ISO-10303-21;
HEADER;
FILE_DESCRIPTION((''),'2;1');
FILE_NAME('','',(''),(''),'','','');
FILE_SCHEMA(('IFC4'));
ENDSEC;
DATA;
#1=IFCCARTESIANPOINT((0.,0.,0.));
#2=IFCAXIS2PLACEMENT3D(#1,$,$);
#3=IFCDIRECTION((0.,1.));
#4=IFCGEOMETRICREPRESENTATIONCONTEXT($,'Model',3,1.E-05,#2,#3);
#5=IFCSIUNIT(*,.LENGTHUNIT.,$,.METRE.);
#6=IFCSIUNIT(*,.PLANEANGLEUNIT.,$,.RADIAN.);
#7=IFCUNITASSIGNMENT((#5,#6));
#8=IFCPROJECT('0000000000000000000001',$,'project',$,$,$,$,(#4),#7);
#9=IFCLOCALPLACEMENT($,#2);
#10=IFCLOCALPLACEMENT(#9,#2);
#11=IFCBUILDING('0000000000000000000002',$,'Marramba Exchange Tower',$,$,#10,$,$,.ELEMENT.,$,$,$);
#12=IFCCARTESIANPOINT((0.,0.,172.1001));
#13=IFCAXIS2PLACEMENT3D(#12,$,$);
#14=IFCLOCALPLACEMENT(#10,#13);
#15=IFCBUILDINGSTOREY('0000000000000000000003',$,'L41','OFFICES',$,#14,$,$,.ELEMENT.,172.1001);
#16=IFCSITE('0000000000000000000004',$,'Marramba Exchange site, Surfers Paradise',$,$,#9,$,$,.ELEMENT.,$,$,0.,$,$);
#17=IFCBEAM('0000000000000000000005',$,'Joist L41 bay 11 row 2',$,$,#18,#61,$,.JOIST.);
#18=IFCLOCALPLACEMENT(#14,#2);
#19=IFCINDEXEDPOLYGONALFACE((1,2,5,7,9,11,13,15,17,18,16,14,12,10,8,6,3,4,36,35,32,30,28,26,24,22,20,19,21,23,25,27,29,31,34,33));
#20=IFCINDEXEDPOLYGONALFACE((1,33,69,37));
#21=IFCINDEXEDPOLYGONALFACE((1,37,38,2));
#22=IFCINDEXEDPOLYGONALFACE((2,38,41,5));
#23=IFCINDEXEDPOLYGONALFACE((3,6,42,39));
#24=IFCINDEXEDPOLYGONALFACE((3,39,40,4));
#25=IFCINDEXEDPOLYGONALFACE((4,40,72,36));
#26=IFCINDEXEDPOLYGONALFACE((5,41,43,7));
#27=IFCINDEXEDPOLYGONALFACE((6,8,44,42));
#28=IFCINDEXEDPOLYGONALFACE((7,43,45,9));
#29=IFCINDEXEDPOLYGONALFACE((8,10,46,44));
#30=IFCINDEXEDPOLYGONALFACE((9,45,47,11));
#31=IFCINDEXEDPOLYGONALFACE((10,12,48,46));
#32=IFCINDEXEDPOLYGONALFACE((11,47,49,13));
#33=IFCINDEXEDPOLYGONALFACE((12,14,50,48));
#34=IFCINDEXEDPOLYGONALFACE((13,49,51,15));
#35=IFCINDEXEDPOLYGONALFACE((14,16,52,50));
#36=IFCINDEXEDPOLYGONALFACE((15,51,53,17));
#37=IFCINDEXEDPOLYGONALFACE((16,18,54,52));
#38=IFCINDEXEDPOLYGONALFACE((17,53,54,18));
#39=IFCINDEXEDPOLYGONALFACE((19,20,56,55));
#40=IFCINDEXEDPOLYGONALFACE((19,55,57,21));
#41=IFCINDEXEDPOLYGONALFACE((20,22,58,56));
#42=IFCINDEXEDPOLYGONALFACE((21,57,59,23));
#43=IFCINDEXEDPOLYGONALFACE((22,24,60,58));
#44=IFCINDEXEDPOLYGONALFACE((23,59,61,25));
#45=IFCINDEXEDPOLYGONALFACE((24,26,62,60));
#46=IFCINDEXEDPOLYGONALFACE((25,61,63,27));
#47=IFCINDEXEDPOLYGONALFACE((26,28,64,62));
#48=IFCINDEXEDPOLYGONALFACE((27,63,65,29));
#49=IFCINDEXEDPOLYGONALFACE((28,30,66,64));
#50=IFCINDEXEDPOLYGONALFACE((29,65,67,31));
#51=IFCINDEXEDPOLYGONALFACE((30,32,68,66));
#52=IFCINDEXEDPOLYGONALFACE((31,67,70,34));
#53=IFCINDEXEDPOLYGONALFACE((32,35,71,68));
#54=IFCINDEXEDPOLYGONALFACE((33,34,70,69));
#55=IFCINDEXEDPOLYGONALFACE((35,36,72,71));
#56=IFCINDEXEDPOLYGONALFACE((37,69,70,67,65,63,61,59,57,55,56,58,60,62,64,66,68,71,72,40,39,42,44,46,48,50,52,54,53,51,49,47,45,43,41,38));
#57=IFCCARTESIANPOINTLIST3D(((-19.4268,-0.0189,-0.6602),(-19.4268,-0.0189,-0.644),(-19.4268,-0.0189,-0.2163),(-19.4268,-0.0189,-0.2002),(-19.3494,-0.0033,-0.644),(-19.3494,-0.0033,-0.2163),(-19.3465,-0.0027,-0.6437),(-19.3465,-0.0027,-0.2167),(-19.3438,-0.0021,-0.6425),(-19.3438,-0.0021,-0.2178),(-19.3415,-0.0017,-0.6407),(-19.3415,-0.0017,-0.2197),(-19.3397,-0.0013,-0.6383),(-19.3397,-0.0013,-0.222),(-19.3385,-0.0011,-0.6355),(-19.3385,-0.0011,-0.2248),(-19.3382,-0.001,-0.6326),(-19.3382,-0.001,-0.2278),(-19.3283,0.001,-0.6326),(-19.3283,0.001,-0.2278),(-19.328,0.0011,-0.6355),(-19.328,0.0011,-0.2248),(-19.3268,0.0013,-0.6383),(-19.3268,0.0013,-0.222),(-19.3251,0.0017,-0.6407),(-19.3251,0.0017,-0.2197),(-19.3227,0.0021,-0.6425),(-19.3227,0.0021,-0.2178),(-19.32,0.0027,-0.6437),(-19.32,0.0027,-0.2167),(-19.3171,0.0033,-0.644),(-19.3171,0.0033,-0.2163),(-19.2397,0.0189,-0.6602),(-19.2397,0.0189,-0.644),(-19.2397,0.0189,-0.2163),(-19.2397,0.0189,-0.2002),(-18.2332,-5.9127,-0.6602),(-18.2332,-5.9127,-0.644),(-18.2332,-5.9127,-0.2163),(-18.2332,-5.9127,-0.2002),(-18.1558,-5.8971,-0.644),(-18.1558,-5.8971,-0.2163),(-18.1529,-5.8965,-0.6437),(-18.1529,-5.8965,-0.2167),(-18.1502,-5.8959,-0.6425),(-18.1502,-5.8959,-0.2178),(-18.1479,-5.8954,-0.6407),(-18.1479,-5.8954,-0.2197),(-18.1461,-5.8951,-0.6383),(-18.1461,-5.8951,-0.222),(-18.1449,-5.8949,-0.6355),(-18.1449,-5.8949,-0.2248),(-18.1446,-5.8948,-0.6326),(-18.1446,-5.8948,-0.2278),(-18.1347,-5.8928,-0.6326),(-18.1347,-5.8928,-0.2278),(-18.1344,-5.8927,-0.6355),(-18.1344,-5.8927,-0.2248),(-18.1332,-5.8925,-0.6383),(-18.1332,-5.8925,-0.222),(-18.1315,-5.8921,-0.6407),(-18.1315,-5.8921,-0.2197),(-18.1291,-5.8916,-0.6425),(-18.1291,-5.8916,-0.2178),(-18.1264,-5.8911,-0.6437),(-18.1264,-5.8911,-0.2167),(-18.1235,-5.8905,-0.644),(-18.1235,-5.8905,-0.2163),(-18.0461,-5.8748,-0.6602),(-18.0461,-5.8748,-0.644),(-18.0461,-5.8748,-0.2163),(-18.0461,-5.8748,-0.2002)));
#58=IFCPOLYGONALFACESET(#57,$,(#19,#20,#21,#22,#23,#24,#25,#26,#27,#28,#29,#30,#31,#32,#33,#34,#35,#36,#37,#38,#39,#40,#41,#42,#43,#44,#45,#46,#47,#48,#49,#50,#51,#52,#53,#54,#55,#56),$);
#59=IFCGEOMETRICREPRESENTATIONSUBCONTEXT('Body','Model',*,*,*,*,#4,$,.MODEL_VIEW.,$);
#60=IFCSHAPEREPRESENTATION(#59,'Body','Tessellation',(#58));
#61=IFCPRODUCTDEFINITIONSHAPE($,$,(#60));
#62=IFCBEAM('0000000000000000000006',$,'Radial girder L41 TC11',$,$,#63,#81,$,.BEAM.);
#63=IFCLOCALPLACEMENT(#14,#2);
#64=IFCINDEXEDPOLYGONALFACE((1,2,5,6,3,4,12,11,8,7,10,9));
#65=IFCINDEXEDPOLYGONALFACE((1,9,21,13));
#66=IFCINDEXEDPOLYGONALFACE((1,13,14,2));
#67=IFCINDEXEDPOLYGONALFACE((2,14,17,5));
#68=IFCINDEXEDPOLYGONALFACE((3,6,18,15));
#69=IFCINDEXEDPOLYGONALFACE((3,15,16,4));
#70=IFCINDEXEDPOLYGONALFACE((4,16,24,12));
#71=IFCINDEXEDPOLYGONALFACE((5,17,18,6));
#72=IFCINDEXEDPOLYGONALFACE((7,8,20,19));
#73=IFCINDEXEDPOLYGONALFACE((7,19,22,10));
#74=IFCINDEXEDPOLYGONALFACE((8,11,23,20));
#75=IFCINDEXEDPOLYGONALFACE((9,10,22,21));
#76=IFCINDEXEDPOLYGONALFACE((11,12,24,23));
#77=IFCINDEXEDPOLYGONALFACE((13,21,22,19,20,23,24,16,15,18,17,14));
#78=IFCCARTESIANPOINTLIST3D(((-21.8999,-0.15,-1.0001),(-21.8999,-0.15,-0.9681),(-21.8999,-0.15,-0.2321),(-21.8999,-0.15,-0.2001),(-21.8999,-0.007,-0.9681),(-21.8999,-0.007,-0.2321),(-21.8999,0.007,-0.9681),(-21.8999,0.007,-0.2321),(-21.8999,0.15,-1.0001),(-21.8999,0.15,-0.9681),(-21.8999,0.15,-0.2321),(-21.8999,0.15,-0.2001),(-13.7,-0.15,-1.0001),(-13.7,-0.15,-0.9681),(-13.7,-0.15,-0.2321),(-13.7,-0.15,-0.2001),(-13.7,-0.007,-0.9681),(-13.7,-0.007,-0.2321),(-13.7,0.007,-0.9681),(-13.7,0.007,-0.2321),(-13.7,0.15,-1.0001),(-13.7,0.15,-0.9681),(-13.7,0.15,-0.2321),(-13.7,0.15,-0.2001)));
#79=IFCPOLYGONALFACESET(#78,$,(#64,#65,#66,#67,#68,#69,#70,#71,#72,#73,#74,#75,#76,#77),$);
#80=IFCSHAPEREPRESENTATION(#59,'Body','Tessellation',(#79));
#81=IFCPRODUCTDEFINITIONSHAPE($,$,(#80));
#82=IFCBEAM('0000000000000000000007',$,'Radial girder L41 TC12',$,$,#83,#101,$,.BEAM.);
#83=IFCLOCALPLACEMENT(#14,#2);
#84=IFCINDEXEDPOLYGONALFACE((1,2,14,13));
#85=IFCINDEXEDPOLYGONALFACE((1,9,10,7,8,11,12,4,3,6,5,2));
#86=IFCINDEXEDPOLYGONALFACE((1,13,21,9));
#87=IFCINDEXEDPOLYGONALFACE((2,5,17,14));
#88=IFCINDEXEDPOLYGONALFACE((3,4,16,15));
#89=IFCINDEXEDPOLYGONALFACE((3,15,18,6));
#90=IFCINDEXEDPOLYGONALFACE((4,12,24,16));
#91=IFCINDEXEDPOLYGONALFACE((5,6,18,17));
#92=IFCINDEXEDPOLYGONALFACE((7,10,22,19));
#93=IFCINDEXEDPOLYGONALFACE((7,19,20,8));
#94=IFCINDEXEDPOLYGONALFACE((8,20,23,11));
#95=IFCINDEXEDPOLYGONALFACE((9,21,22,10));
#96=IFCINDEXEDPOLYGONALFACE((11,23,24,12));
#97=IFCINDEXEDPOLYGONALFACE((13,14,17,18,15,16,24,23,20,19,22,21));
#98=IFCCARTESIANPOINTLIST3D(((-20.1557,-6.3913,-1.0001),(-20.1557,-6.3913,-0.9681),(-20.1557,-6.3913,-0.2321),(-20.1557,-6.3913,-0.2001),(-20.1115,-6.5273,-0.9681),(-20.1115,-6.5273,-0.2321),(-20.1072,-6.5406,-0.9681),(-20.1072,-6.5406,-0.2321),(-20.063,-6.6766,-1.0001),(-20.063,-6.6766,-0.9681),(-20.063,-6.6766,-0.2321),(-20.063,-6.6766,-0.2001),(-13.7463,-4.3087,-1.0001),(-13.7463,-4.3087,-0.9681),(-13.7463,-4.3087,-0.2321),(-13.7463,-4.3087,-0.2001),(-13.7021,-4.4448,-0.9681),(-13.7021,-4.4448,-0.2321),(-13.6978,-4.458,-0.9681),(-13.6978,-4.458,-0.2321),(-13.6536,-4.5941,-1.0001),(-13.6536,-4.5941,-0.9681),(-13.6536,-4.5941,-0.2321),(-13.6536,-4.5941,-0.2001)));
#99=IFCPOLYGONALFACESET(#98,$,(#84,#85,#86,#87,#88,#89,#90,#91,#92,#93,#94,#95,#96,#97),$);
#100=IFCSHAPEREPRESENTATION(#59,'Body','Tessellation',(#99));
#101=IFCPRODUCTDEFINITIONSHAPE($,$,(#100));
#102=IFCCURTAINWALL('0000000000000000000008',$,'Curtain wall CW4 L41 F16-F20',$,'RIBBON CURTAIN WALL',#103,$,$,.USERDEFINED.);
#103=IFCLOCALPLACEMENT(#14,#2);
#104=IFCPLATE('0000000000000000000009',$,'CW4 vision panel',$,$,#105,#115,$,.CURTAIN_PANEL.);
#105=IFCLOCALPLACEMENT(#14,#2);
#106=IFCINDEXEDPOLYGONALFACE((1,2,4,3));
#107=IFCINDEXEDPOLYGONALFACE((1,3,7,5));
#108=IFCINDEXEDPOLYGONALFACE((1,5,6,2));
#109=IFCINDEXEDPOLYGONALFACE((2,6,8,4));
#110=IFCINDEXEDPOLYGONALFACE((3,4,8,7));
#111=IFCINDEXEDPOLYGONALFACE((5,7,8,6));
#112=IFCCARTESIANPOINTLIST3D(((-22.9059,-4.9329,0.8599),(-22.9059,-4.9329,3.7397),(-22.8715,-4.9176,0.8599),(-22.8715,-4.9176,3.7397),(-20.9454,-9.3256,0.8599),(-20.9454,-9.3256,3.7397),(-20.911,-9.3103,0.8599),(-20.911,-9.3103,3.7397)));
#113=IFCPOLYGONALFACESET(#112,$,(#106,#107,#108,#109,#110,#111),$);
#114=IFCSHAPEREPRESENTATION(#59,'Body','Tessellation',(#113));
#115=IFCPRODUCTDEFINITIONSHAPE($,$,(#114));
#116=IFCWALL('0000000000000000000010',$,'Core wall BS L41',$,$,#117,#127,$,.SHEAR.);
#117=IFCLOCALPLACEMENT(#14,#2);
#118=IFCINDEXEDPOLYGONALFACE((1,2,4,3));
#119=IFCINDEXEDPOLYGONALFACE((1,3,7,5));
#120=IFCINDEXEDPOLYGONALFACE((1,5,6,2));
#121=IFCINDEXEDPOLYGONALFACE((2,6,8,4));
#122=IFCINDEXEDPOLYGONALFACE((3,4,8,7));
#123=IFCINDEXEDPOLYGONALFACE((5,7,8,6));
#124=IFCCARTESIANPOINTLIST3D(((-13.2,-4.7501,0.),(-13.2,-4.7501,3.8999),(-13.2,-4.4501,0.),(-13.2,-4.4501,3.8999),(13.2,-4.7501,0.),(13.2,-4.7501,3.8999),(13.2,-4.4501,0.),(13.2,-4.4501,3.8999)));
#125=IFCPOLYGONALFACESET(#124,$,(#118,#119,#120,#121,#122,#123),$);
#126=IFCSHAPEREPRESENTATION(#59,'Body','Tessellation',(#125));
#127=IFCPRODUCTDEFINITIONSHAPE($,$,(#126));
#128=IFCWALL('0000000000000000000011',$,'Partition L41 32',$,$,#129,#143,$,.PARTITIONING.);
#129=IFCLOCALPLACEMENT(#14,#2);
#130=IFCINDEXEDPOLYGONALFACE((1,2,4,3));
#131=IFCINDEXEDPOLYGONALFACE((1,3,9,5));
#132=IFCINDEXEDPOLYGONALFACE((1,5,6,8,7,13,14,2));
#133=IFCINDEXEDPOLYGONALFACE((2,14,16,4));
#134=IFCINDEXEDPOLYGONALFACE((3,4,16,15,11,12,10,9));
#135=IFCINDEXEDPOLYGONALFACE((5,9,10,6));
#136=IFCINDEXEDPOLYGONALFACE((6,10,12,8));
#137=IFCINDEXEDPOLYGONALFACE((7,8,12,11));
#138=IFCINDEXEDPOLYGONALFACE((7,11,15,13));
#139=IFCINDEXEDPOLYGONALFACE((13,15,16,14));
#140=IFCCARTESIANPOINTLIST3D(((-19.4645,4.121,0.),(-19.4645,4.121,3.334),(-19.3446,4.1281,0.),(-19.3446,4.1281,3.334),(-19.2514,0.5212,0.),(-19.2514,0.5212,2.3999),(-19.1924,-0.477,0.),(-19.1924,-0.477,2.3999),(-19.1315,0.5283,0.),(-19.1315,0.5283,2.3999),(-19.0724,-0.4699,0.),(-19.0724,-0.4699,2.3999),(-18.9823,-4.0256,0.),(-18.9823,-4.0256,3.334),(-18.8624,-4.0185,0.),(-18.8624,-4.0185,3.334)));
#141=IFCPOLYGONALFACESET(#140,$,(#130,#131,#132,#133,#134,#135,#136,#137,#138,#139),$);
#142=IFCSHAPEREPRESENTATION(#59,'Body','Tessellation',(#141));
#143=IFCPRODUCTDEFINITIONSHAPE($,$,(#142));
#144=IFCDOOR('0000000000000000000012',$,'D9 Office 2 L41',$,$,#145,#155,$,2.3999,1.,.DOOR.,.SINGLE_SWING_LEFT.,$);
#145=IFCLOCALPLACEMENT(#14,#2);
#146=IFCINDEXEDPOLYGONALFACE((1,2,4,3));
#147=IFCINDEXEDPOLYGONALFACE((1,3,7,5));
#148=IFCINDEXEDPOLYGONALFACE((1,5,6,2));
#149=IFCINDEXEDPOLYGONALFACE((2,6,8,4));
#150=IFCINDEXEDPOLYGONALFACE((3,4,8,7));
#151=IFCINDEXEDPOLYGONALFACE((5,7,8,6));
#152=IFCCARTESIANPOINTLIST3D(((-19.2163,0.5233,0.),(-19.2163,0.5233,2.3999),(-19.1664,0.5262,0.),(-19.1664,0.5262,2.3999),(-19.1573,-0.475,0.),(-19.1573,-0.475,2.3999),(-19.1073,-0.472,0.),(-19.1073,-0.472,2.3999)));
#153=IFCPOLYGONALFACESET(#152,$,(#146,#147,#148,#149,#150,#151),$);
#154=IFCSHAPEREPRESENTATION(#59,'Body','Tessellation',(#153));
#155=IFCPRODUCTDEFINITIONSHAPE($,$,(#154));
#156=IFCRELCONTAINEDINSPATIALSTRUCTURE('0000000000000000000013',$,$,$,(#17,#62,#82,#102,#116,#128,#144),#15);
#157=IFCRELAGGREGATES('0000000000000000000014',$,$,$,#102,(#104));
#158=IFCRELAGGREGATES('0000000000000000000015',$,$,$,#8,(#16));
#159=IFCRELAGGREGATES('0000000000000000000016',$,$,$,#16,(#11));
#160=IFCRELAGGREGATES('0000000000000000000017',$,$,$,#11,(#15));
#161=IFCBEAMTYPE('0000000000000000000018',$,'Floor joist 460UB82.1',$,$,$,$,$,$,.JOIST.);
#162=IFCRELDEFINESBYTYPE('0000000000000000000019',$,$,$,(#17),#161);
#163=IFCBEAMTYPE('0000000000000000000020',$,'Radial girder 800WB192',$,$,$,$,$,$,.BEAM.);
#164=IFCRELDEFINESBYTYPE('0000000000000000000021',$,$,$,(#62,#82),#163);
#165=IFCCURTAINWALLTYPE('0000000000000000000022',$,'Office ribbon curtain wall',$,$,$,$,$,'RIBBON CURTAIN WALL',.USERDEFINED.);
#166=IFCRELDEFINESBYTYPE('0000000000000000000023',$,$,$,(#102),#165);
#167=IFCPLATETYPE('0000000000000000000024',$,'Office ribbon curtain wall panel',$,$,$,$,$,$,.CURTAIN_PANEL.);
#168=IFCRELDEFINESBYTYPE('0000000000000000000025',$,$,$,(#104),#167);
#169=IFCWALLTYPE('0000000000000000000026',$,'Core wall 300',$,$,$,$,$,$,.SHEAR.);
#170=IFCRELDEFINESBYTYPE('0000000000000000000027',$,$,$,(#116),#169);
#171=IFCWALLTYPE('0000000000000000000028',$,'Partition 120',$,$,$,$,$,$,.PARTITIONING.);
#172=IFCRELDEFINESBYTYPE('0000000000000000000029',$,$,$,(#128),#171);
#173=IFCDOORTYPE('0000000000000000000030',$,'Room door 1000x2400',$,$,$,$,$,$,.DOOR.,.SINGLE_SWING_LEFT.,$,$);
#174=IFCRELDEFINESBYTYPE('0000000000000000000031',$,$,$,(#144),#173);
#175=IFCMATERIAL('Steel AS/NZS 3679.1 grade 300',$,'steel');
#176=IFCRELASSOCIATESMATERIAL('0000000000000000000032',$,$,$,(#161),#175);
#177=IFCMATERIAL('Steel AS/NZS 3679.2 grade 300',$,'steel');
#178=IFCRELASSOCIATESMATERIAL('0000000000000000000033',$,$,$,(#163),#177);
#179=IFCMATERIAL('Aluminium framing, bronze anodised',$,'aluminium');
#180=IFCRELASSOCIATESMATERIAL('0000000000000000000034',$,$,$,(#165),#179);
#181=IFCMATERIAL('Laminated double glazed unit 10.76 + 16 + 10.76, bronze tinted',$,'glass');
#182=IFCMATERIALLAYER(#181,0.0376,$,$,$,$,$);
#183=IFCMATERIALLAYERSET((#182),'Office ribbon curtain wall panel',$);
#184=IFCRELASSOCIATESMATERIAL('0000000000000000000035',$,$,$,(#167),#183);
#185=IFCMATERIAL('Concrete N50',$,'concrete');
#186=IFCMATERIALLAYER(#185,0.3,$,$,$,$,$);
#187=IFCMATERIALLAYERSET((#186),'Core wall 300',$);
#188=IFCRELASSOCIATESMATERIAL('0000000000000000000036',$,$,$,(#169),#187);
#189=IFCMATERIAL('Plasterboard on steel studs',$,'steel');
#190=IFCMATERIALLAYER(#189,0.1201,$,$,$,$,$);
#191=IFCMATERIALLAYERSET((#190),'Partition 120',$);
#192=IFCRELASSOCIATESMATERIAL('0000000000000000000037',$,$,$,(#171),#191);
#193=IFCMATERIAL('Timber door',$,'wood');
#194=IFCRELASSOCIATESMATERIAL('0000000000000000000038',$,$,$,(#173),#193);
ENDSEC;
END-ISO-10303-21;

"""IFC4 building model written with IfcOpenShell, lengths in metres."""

from ifc_helpers import new_model, si_unit, direction, frame, frame_2d, origin, origin_2d, place, context, subcontext, project, spatial, rectangle, i_section, extrude, material, layer, layer_set, material_profile, profile_set, type_object, element, fill, aggregate, save


model = new_model("IFC4")

# Units and contexts
model_context = context("Model", 3, precision=1e-05, world=origin(), true_north=direction((0.0, 1.0)))
body_context = subcontext(model_context, "Body", "Model", "MODEL_VIEW")
ifc_project = project(units=[si_unit("LENGTHUNIT", "METRE"), si_unit("PLANEANGLEUNIT", "RADIAN")], contexts=[model_context])

# Site, building, storey
site_placement = place(None, origin())
site = spatial("IfcSite", under=ifc_project, at=site_placement, Name="Marramba Exchange site, Surfers Paradise", CompositionType="ELEMENT", RefElevation=0.0)
building_placement = place(site_placement, origin())
building = spatial("IfcBuilding", under=site, at=building_placement, Name="Marramba Exchange Tower", CompositionType="ELEMENT")
storey_placement = place(building_placement, frame((0.0, 0.0, 172.1001)))
storey = spatial("IfcBuildingStorey", under=building, at=storey_placement, Name="L41", Description="OFFICES", CompositionType="ELEMENT", Elevation=172.1001)

# Shared definitions
ifc_material_1 = material(Name="Concrete N50", Category="concrete")

# Shared definitions
ifc_material_2 = material(Name="Steel AS/NZS 3679.2 grade 300", Category="steel")

# Beams
ifc_material_3 = material(Name="Steel AS/NZS 3679.1 grade 300", Category="steel")
ifc_material_profile_1 = material_profile(ifc_material_3, i_section(OverallWidth=0.1909, OverallDepth=0.46, WebThickness=0.01, FlangeThickness=0.0161, FilletRadius=0.0115, at=origin_2d()), Name="460UB82.1")
ifc_profile_set_1 = profile_set([ifc_material_profile_1], Name="Steel AS/NZS 3679.1 grade 300")
beam_type_1 = type_object("IfcBeamType", Name="Floor joist 460UB82.1", PredefinedType="JOIST", material=ifc_profile_set_1)
beam_1_placement = place(storey_placement, frame((-19.3333, 0.0, -0.4302), z_axis=(0.198489, -0.980103, 0.0), x_axis=(0.980103, 0.198489, 0.0)))
element("IfcBeam", 1, at=beam_1_placement, inside=storey, type_object=beam_type_1, Name="Joist L41 bay 11 row 2", PredefinedType="JOIST", context=body_context, shape_type="SweptSolid", body=[
    extrude(i_section(OverallWidth=0.1909, OverallDepth=0.46, WebThickness=0.01, FlangeThickness=0.0161, FilletRadius=0.0115, at=origin_2d()), origin(), (0.0, 0.0, 1.0), 6.0134),
])
ifc_material_profile_2 = material_profile(ifc_material_2, i_section(OverallWidth=0.3, OverallDepth=0.8, WebThickness=0.0139, FlangeThickness=0.032, at=origin_2d()), Name="800WB192")
ifc_profile_set_2 = profile_set([ifc_material_profile_2], Name="Steel AS/NZS 3679.2 grade 300")
beam_type_2 = type_object("IfcBeamType", Name="Radial girder 800WB192", PredefinedType="BEAM", material=ifc_profile_set_2)
beam_2_placement = place(storey_placement, frame((-13.7, 0.0, -0.6001), z_axis=(-1.0, 0.0, 0.0), x_axis=(0.0, -1.0, 0.0)))
element("IfcBeam", 2, at=beam_2_placement, inside=storey, type_object=beam_type_2, Name="Radial girder L41 TC11", PredefinedType="BEAM", context=body_context, shape_type="SweptSolid", body=[
    extrude(i_section(OverallWidth=0.3, OverallDepth=0.8, WebThickness=0.0139, FlangeThickness=0.032, at=origin_2d()), origin(), (0.0, 0.0, 1.0), 8.2),
])
beam_3_placement = place(storey_placement, frame((-13.7, -4.4514, -0.6001), z_axis=(-0.951058, -0.309013, 0.0), x_axis=(0.309013, -0.951058, 0.0)))
element("IfcBeam", 3, at=beam_3_placement, inside=storey, type_object=beam_type_2, Name="Radial girder L41 TC12", PredefinedType="BEAM", context=body_context, shape_type="SweptSolid", body=[
    extrude(i_section(OverallWidth=0.3, OverallDepth=0.8, WebThickness=0.0139, FlangeThickness=0.032, at=origin_2d()), origin(), (0.0, 0.0, 1.0), 6.7393),
])

# Curtain wall, plate
ifc_material_4 = material(Name="Aluminium framing, bronze anodised", Category="aluminium")
curtain_wall_type = type_object("IfcCurtainWallType", Name="Office ribbon curtain wall", ElementType="RIBBON CURTAIN WALL", PredefinedType="USERDEFINED", material=ifc_material_4)
curtain_wall_placement = place(storey_placement, origin())
curtain_wall = element("IfcCurtainWall", 4, at=curtain_wall_placement, inside=storey, type_object=curtain_wall_type, Name="Curtain wall CW4 L41 F16-F20", ObjectType="RIBBON CURTAIN WALL", PredefinedType="USERDEFINED")
ifc_material_5 = material(Name="Laminated double glazed unit 10.76 + 16 + 10.76, bronze tinted", Category="glass")
ifc_layer_1 = layer(ifc_material_5, 0.0376)
ifc_layer_set_1 = layer_set([ifc_layer_1], Name="Office ribbon curtain wall panel")
plate_type = type_object("IfcPlateType", Name="Office ribbon curtain wall panel", PredefinedType="CURTAIN_PANEL", material=ifc_layer_set_1)
plate_placement = place(storey_placement, frame((-21.9084, -7.1216, 0.8599), z_axis=(0.0, 0.0, 1.0), x_axis=(0.407558, -0.91318, 0.0)))
plate = element("IfcPlate", 5, at=plate_placement, type_object=plate_type, Name="CW4 vision panel", PredefinedType="CURTAIN_PANEL", context=body_context, shape_type="SweptSolid", body=[
    extrude(rectangle(XDim=4.8103, YDim=0.0376, at=origin_2d()), origin(), (0.0, 0.0, 1.0), 2.8799),
])
aggregate(curtain_wall, [plate])

# Shared definitions
ifc_layer_2 = layer(ifc_material_1, 0.3)
ifc_layer_set_2 = layer_set([ifc_layer_2], Name="Core wall 300")
wall_type_1 = type_object("IfcWallType", Name="Core wall 300", PredefinedType="SHEAR", material=ifc_layer_set_2)

# Wall
wall_1_placement = place(storey_placement, frame((-13.2, -4.6001, 0.0), z_axis=(0.0, 0.0, 1.0), x_axis=(1.0, 0.0, 0.0)))
element("IfcWall", 6, at=wall_1_placement, inside=storey, type_object=wall_type_1, Name="Core wall BS L41", PredefinedType="SHEAR", context=body_context, shape_type="SweptSolid", body=[
    extrude(rectangle(XDim=26.3999, YDim=0.3, at=frame_2d((13.2, 0.0))), origin(), (0.0, 0.0, 1.0), 3.8999),
])

# Wall, opening, door
ifc_material_6 = material(Name="Plasterboard on steel studs", Category="steel")
ifc_layer_3 = layer(ifc_material_6, 0.1201)
ifc_layer_set_3 = layer_set([ifc_layer_3], Name="Partition 120")
wall_type_2 = type_object("IfcWallType", Name="Partition 120", PredefinedType="PARTITIONING", material=ifc_layer_set_3)
wall_2_placement = place(storey_placement, frame((-18.9224, -4.0222, 0.0), z_axis=(0.0, 0.0, 1.0), x_axis=(-0.059083, 0.998253, 0.0)))
wall_2 = element("IfcWall", 7, at=wall_2_placement, inside=storey, type_object=wall_type_2, Name="Partition L41 32", PredefinedType="PARTITIONING", context=body_context, shape_type="SweptSolid", body=[
    extrude(rectangle(XDim=8.1609, YDim=0.1201, at=frame_2d((4.0806, 0.0))), origin(), (0.0, 0.0, 1.0), 3.334),
])
opening_1_placement = place(wall_2_placement, frame((3.5549, 0.0, 0.0)))
opening_1 = element("IfcOpeningElement", 8, at=opening_1_placement, cuts=wall_2, PredefinedType="OPENING", context=body_context, shape_type="SweptSolid", body=[
    extrude(rectangle(XDim=1.0, YDim=2.3999, at=frame_2d((0.5, 1.2))), frame((0.0, 0.0701, 0.0), z_axis=(0.0, -1.0, 0.0), x_axis=(1.0, 0.0, 0.0)), (0.0, 0.0, 1.0), 0.1401),
])
ifc_material_7 = material(Name="Timber door", Category="wood")
door_type_1 = type_object("IfcDoorType", Name="Room door 1000x2400", OperationType="SINGLE_SWING_LEFT", PredefinedType="DOOR", material=ifc_material_7)
door_1_placement = place(opening_1_placement, origin())
door_1 = element("IfcDoor", 9, at=door_1_placement, inside=storey, type_object=door_type_1, Name="D9 Office 2 L41", OperationType="SINGLE_SWING_LEFT", OverallHeight=2.3999, OverallWidth=1.0, PredefinedType="DOOR", context=body_context, shape_type="SweptSolid", body=[
    extrude(rectangle(XDim=1.0, YDim=2.3999, at=frame_2d((0.5, 1.2))), frame((0.0, 0.0249, 0.0), z_axis=(0.0, -1.0, 0.0), x_axis=(1.0, 0.0, 0.0)), (0.0, 0.0, 1.0), 0.05),
])
fill(opening_1, door_1)

save(model, "model.ifc")
